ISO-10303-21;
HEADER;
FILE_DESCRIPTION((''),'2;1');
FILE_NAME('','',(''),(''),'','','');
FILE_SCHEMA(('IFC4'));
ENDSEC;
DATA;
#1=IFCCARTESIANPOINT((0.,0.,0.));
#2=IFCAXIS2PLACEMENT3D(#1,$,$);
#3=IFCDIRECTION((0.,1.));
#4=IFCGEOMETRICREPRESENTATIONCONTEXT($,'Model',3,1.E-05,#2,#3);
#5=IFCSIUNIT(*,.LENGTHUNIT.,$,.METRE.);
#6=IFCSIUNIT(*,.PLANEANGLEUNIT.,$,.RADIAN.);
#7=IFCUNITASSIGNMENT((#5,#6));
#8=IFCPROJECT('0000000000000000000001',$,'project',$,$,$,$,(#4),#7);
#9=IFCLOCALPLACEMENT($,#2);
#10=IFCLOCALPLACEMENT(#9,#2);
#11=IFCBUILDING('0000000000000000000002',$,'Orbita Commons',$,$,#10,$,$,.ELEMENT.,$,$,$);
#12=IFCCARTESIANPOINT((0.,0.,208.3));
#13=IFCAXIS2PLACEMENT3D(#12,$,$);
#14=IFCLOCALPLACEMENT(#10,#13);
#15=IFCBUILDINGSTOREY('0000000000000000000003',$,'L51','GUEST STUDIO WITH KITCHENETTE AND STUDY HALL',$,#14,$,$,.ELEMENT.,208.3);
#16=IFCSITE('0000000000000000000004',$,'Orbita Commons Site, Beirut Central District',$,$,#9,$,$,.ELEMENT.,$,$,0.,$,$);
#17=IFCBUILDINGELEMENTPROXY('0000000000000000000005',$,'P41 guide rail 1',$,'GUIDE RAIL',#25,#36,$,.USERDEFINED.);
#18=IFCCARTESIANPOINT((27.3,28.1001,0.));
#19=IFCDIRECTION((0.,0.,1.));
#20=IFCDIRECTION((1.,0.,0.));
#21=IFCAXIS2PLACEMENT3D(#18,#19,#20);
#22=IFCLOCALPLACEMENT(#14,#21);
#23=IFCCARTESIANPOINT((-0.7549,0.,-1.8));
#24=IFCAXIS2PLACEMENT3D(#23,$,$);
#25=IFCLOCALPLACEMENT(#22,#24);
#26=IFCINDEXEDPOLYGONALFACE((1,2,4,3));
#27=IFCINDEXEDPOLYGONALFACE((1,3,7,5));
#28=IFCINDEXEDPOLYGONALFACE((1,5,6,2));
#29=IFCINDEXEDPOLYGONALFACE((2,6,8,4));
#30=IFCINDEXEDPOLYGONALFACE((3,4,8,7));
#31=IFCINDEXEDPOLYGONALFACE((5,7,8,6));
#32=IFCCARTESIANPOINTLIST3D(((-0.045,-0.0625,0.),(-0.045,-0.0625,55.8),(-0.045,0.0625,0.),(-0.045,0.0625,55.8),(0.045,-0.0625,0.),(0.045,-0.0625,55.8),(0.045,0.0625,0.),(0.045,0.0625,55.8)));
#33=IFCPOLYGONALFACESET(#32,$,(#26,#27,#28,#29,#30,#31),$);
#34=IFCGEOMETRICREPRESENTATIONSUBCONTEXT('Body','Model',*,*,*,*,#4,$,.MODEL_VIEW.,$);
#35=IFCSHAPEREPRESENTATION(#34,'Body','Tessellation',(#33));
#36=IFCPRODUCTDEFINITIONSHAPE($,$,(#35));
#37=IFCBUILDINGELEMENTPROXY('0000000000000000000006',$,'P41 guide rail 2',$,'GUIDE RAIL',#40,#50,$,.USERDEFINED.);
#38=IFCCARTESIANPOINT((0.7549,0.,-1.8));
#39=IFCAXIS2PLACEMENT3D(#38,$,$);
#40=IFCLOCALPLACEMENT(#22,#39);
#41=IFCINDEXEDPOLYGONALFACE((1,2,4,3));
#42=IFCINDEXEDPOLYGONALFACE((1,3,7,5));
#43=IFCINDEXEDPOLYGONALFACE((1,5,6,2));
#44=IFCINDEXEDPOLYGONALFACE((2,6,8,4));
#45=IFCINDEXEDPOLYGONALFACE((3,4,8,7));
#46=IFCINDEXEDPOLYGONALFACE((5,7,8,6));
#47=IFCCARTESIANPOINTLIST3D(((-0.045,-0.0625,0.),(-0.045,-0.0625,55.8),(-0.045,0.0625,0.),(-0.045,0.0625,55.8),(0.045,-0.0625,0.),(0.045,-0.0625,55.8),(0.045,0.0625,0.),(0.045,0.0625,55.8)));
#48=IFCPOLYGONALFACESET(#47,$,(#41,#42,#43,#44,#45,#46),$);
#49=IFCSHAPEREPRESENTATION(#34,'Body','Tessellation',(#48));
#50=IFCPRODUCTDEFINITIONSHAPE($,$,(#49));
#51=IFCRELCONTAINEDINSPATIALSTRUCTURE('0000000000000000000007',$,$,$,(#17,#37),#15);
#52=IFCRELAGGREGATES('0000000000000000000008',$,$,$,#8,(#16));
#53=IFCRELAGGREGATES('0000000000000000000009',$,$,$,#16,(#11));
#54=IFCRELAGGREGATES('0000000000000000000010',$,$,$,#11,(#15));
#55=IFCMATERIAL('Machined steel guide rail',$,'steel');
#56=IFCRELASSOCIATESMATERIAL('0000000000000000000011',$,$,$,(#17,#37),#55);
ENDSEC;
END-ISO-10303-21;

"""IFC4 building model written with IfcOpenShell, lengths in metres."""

from ifc_helpers import new_model, si_unit, direction, frame, origin, origin_2d, place, context, subcontext, project, spatial, rectangle, extrude, material, element, save


model = new_model("IFC4")

# Units and contexts
model_context = context("Model", 3, precision=1e-05, world=origin(), true_north=direction((0.0, 1.0)))
body_context = subcontext(model_context, "Body", "Model", "MODEL_VIEW")
ifc_project = project(units=[si_unit("LENGTHUNIT", "METRE"), si_unit("PLANEANGLEUNIT", "RADIAN")], contexts=[model_context])

# Site, building, storey
site_placement = place(None, origin())
site = spatial("IfcSite", under=ifc_project, at=site_placement, Name="Orbita Commons Site, Beirut Central District", CompositionType="ELEMENT", RefElevation=0.0)
building_placement = place(site_placement, origin())
building = spatial("IfcBuilding", under=site, at=building_placement, Name="Orbita Commons", CompositionType="ELEMENT")
storey_placement = place(building_placement, frame((0.0, 0.0, 208.3)))
storey = spatial("IfcBuildingStorey", under=building, at=storey_placement, Name="L51", Description="GUEST STUDIO WITH KITCHENETTE AND STUDY HALL", CompositionType="ELEMENT", Elevation=208.3)

# Shared definitions
transport_element_placement = place(storey_placement, frame((27.3, 28.1001, 0.0), z_axis=(0.0, 0.0, 1.0), x_axis=(1.0, 0.0, 0.0)))

# Building element proxies
ifc_material_1 = material(Name="Machined steel guide rail", Category="steel")
for number, where, name in (
    (1, (-0.7549, 0.0, -1.8), "P41 guide rail 1"),
    (2, (0.7549, 0.0, -1.8), "P41 guide rail 2"),
):
    element("IfcBuildingElementProxy", number, at=place(transport_element_placement, frame(where)), inside=storey, material=ifc_material_1, Name=name, ObjectType="GUIDE RAIL", PredefinedType="USERDEFINED", context=body_context, shape_type="SweptSolid", body=[
        extrude(rectangle(XDim=0.09, YDim=0.125, at=origin_2d()), origin(), (0.0, 0.0, 1.0), 55.8),
    ])

save(model, "model.ifc")
